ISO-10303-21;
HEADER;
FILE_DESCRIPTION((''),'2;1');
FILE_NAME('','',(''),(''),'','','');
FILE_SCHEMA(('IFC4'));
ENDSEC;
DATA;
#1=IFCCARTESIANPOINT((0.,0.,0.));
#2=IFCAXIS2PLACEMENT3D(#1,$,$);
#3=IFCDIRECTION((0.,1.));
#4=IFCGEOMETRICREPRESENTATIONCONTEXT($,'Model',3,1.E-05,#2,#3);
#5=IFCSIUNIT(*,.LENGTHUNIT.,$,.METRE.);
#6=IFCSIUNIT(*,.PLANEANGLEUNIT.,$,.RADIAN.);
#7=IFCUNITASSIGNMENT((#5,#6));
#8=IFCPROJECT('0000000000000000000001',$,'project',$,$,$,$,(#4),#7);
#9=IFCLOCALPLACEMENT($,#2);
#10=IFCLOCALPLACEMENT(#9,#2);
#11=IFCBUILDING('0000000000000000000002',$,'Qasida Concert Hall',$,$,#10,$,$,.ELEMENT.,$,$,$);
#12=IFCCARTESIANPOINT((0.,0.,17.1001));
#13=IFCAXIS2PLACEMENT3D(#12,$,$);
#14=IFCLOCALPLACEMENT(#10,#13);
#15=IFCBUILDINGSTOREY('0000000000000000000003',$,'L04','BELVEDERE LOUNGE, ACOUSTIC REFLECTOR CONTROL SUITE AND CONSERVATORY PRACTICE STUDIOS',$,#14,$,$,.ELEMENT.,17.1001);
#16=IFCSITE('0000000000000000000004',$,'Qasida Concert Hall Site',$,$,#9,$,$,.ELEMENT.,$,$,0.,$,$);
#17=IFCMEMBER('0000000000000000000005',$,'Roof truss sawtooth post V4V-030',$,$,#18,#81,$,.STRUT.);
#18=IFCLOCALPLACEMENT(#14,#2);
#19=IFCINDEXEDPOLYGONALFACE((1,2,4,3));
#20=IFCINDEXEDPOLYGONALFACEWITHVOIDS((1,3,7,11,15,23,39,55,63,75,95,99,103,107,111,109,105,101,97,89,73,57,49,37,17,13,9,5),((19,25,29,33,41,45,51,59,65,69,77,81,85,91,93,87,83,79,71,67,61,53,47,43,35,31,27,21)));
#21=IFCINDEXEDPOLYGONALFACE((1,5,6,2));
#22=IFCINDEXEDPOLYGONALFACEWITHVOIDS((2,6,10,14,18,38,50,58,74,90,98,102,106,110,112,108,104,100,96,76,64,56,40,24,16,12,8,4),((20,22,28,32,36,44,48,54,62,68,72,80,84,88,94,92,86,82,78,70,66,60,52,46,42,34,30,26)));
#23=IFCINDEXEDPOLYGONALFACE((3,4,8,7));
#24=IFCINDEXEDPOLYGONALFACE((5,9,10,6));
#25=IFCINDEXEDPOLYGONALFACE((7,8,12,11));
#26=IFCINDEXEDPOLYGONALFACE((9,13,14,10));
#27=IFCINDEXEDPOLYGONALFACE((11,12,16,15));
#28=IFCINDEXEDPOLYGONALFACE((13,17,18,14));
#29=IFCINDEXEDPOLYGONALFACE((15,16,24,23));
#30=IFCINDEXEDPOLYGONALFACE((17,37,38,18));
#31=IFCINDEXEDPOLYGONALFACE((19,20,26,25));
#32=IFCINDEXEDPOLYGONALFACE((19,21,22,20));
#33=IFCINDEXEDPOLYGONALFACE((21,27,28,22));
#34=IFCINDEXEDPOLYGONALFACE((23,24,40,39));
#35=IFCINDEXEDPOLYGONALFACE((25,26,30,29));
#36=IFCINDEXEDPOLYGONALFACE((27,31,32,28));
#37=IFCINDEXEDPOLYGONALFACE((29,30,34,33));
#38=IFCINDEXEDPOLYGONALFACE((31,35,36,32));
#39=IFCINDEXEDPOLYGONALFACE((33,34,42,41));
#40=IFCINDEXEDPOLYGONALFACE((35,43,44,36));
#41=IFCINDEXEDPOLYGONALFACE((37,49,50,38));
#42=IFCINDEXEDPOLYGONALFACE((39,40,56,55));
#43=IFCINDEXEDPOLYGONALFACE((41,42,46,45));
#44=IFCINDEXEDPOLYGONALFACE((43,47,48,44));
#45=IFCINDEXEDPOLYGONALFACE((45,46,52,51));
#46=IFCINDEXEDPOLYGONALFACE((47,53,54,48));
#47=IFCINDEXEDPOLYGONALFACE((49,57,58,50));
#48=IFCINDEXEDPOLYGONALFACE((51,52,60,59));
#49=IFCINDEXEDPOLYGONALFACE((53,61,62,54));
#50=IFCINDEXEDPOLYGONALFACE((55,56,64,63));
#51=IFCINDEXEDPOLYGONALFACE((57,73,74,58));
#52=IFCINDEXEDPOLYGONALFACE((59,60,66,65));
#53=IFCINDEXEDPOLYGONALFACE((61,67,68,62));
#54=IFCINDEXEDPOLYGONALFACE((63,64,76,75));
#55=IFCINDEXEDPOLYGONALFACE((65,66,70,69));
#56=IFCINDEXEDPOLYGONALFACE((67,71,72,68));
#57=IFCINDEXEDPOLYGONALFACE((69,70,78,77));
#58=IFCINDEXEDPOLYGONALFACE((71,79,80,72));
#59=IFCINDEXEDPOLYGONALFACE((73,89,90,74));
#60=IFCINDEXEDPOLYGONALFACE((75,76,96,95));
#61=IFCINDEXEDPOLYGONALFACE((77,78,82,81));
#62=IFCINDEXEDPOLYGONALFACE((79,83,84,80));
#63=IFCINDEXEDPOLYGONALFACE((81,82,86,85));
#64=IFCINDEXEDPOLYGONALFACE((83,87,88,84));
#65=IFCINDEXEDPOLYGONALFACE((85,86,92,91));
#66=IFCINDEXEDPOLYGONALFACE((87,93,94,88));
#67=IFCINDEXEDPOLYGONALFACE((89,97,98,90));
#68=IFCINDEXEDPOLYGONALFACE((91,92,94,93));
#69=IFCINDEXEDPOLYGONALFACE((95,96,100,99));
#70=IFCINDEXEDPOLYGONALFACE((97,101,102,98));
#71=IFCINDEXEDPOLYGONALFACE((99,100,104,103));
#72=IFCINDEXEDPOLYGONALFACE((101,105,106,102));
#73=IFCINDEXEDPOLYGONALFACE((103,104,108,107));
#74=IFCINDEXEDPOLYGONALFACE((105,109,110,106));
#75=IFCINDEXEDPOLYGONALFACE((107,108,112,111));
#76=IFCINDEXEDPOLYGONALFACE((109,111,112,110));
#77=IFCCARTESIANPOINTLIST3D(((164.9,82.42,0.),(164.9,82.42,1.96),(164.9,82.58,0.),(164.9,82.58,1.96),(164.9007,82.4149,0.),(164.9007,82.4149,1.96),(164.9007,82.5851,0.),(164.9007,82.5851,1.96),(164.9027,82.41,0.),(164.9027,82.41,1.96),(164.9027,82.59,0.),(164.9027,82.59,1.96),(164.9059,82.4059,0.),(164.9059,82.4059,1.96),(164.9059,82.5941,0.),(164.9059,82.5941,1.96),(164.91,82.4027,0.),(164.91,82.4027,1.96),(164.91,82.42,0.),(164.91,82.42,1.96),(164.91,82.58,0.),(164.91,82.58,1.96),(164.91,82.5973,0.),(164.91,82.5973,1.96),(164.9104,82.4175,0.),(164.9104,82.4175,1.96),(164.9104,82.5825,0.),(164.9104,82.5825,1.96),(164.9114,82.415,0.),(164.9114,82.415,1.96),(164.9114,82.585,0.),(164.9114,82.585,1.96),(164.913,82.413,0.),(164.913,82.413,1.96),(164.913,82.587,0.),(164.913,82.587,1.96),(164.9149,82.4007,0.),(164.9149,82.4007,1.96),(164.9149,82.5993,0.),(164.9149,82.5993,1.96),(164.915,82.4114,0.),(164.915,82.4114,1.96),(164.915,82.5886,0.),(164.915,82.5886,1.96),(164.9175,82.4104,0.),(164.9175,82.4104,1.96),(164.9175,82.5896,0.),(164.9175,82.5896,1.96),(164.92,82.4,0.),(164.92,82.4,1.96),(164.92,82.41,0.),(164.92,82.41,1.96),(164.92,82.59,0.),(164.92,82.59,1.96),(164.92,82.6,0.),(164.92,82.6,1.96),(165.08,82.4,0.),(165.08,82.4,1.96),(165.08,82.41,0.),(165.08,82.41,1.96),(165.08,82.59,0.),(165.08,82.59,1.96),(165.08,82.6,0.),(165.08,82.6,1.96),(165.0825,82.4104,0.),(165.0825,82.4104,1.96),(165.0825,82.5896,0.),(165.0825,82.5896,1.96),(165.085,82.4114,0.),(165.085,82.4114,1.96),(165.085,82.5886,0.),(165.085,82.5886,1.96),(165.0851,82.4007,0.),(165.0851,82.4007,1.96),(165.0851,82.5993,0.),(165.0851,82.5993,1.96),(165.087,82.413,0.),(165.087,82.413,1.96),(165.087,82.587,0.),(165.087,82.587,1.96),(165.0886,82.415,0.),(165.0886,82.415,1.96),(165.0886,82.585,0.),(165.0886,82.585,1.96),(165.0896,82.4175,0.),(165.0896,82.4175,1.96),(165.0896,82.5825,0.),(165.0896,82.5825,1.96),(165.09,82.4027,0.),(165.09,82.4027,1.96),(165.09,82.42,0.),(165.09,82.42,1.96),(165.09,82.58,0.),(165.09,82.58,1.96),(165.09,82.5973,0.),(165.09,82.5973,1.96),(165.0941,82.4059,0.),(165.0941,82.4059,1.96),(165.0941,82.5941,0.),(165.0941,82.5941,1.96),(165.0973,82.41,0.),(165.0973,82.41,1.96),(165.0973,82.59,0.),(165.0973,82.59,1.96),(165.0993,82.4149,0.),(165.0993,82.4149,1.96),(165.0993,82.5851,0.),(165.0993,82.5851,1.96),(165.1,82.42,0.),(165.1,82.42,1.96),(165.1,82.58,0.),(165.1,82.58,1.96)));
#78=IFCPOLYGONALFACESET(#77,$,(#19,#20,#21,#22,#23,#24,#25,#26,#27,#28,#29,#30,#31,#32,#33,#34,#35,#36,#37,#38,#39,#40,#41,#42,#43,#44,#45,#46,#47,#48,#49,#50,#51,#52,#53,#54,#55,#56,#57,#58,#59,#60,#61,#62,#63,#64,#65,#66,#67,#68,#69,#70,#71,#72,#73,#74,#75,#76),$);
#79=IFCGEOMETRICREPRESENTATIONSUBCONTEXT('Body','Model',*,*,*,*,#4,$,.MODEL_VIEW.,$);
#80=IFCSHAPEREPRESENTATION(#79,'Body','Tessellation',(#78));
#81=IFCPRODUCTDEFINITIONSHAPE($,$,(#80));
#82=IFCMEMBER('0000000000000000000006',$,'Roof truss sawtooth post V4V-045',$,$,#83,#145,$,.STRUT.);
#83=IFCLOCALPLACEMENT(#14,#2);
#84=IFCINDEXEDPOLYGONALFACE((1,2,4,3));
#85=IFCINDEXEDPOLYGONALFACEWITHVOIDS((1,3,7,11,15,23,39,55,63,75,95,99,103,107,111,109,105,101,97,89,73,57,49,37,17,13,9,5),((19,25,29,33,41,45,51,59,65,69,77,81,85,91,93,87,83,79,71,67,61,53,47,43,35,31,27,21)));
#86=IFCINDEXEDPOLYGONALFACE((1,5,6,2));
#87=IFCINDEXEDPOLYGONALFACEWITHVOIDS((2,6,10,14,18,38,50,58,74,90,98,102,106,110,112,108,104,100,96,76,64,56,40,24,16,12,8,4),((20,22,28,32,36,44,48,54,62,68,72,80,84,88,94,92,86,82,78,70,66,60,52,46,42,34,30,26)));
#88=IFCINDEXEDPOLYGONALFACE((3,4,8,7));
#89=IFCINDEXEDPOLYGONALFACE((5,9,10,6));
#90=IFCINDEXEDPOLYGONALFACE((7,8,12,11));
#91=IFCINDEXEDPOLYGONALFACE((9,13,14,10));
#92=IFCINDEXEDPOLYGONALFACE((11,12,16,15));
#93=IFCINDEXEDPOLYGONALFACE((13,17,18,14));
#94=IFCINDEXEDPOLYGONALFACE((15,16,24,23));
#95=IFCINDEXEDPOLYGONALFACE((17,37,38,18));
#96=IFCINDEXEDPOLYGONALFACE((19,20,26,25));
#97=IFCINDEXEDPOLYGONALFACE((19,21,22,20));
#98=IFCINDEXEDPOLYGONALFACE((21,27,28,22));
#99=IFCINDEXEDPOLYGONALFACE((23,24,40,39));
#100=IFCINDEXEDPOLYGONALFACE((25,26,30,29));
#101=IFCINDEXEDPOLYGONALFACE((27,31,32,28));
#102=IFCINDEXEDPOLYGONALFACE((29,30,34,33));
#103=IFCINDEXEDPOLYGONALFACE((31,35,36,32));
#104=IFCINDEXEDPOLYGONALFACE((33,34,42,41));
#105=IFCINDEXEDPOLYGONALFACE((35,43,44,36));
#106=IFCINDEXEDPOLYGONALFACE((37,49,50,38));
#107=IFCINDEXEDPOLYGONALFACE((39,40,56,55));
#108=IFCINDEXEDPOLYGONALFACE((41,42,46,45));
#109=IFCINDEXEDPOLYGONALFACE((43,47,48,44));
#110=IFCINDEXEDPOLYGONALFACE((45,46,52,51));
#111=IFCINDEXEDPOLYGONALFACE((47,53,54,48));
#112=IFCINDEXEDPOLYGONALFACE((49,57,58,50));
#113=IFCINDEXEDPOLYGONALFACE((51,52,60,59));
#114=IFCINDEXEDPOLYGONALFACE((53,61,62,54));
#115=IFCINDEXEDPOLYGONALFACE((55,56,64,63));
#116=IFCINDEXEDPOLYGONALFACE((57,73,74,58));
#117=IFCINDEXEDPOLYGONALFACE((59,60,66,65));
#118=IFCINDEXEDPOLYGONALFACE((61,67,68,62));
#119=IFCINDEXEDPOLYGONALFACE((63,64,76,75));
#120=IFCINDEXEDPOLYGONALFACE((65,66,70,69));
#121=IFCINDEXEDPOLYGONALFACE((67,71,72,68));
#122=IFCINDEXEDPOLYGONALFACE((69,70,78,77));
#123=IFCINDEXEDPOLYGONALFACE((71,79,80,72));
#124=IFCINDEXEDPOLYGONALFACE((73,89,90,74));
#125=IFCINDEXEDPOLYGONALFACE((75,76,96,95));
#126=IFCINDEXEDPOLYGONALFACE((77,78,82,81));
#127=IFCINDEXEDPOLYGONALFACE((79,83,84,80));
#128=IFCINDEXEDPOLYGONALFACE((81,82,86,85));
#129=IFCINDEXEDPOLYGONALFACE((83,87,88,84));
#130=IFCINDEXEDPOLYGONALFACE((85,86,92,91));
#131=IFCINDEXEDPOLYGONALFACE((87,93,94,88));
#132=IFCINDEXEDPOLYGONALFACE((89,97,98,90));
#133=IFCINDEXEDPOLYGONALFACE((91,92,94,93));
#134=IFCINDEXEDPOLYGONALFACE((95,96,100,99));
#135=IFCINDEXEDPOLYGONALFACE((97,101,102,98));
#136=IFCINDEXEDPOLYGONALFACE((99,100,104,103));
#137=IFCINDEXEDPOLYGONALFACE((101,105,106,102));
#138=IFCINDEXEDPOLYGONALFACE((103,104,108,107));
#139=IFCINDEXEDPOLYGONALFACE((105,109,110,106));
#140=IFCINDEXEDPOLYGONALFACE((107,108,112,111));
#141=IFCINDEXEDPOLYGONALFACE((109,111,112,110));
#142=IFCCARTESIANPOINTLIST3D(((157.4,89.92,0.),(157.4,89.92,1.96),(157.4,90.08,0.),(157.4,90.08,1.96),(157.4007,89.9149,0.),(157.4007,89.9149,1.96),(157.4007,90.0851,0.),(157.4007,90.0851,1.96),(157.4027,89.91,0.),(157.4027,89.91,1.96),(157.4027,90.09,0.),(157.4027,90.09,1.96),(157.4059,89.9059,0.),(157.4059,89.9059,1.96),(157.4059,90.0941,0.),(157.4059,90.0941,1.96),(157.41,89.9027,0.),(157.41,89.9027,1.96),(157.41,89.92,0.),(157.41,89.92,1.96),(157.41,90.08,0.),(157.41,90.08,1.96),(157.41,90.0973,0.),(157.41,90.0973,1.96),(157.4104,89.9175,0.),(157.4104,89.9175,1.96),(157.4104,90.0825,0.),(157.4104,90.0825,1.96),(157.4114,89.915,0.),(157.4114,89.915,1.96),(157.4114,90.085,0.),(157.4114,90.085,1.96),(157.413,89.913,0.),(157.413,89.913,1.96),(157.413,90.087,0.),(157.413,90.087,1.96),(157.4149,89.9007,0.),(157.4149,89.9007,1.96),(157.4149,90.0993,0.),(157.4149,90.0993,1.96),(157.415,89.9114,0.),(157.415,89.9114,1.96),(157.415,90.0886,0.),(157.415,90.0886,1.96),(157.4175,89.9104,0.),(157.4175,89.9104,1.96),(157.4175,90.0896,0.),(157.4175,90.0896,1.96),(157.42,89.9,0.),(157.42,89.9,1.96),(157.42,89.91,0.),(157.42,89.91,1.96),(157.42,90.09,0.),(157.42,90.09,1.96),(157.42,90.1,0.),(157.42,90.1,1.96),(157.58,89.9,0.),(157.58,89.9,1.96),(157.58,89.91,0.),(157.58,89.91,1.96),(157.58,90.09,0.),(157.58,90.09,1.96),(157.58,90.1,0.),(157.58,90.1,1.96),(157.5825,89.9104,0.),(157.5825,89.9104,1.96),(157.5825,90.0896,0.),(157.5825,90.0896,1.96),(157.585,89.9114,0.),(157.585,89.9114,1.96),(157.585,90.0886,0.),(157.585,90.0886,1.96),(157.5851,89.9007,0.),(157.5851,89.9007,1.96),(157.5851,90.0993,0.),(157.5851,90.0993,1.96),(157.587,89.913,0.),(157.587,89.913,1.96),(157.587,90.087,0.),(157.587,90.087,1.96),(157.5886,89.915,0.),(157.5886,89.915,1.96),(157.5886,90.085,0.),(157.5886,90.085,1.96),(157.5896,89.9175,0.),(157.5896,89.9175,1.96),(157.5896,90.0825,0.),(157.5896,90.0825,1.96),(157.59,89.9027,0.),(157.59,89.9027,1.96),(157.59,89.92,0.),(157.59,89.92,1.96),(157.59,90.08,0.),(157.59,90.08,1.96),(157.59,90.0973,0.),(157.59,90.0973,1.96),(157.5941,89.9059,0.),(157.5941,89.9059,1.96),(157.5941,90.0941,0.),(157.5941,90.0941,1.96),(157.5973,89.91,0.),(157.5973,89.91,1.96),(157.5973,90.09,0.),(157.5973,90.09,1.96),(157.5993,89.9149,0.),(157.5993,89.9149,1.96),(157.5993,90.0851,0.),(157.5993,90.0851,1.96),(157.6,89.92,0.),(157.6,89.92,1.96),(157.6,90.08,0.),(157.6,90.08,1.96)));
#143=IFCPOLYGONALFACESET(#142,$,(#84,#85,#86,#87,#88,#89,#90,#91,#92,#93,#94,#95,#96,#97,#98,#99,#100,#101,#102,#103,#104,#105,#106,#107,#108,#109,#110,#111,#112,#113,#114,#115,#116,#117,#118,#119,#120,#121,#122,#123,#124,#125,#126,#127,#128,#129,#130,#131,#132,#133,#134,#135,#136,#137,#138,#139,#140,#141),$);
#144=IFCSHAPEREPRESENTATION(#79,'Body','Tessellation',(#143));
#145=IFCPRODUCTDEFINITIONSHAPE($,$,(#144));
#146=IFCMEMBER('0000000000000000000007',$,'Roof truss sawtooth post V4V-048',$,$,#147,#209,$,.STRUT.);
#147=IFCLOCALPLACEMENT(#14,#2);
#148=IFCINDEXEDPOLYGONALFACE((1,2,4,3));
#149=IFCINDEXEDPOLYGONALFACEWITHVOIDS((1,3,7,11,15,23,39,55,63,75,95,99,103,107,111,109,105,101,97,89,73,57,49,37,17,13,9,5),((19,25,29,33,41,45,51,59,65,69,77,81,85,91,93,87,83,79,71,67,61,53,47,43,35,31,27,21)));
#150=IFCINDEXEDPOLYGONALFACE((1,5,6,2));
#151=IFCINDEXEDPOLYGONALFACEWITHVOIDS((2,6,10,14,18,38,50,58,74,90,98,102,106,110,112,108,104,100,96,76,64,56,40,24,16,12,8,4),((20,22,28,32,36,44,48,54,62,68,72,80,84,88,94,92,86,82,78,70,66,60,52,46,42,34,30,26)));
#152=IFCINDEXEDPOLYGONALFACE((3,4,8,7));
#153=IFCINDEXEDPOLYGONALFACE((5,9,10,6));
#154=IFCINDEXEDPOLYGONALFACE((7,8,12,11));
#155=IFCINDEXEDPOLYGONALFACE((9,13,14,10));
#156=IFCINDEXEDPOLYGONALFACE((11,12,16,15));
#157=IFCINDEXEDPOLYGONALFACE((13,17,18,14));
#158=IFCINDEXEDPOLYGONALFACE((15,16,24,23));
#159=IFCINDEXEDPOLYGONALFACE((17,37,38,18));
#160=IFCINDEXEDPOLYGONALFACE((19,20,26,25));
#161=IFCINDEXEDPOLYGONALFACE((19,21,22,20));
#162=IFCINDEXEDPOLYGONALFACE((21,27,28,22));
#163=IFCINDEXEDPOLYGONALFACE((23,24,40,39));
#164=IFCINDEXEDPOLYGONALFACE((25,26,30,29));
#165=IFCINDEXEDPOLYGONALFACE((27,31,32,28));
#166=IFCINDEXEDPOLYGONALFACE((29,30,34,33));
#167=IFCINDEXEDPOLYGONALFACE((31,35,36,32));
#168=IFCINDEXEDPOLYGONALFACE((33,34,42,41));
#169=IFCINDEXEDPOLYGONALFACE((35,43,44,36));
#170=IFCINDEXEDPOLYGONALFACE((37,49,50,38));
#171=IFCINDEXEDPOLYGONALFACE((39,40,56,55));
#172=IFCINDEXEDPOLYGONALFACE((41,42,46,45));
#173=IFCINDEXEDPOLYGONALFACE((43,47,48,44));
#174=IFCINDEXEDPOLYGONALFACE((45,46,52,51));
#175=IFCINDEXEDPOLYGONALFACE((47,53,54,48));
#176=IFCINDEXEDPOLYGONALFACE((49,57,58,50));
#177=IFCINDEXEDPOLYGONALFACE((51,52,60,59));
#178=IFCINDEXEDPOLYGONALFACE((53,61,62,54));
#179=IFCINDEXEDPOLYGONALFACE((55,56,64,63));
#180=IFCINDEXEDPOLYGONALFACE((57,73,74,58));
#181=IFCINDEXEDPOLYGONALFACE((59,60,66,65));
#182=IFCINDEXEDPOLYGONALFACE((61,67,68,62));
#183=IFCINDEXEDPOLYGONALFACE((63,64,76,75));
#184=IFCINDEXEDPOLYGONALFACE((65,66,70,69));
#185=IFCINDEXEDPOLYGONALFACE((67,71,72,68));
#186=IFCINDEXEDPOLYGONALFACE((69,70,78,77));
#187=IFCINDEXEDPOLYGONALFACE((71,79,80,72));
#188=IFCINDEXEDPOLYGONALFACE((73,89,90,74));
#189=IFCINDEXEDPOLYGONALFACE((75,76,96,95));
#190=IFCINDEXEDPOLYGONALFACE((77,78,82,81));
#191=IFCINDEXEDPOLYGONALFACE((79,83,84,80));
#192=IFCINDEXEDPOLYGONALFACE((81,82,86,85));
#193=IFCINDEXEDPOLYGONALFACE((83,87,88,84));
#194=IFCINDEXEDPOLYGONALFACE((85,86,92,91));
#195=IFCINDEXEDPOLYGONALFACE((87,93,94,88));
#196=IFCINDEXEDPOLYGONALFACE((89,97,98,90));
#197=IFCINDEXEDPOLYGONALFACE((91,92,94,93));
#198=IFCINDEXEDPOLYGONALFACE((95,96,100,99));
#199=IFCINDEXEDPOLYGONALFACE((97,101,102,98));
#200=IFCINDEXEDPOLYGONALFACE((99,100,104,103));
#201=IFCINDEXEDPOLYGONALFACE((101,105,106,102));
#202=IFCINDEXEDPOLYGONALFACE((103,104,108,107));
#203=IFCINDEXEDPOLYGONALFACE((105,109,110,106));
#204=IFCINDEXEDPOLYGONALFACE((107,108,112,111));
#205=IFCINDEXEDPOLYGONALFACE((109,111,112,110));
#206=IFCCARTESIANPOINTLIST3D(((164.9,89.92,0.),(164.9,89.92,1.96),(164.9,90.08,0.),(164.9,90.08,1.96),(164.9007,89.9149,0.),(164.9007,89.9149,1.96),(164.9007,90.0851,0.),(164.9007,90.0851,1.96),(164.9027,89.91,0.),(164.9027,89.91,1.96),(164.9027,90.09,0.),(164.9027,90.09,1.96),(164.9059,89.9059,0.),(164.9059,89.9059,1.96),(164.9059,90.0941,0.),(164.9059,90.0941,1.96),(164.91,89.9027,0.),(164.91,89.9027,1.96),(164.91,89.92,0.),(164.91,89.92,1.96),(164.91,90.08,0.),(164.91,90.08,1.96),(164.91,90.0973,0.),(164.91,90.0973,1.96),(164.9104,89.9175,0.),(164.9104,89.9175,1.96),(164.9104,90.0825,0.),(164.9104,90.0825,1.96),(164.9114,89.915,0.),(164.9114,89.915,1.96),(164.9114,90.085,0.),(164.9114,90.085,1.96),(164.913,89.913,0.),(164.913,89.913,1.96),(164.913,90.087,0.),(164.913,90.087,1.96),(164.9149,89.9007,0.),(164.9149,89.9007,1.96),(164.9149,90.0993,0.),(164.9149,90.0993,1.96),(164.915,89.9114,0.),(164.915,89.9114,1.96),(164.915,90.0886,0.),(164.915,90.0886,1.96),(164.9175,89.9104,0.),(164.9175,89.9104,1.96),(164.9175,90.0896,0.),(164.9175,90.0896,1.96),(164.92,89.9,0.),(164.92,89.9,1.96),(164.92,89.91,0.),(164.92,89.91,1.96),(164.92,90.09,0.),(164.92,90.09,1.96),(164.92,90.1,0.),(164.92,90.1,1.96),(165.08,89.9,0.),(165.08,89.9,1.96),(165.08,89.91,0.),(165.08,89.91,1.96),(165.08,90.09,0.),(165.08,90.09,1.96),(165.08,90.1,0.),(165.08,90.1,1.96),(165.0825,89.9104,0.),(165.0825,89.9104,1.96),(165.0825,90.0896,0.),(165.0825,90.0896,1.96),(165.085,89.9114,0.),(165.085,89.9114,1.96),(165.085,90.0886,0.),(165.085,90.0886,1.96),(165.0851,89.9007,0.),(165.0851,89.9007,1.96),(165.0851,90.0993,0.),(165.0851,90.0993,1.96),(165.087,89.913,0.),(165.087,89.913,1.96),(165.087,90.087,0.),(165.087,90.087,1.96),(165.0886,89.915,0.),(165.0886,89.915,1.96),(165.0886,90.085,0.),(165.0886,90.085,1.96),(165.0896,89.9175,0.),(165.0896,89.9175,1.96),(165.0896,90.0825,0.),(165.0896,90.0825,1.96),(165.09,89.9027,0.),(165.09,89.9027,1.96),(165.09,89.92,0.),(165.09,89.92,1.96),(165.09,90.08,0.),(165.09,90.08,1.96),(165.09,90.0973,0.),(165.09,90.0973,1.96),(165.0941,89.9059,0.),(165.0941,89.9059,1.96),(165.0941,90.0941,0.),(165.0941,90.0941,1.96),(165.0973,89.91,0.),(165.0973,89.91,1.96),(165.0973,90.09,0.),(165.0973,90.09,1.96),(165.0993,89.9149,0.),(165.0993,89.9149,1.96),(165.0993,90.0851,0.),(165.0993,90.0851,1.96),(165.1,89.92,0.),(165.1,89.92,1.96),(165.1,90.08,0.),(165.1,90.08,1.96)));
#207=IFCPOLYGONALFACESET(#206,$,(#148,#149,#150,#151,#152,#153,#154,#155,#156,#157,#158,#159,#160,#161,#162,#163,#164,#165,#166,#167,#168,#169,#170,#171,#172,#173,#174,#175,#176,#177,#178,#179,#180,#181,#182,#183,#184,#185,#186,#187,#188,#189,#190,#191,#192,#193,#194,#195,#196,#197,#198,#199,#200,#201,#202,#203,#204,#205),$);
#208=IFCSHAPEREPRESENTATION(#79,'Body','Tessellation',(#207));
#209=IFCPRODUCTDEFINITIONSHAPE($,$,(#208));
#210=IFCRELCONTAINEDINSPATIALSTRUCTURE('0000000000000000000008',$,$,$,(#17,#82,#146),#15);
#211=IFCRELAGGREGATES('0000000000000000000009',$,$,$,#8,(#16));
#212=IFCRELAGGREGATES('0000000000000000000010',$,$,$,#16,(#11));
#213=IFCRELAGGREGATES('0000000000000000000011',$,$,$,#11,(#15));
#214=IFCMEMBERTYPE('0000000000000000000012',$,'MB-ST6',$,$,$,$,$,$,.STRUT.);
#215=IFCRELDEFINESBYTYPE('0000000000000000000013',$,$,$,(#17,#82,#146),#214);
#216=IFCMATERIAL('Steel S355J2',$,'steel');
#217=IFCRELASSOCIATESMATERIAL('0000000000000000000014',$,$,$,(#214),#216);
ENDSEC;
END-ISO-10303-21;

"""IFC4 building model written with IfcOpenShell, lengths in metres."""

from ifc_helpers import new_model, si_unit, direction, frame, origin, origin_2d, place, context, subcontext, project, spatial, hollow_rectangle, extrude, material, material_profile, profile_set, type_object, element, save


model = new_model("IFC4")

# Units and contexts
model_context = context("Model", 3, precision=1e-05, world=origin(), true_north=direction((0.0, 1.0)))
body_context = subcontext(model_context, "Body", "Model", "MODEL_VIEW")
ifc_project = project(units=[si_unit("LENGTHUNIT", "METRE"), si_unit("PLANEANGLEUNIT", "RADIAN")], contexts=[model_context])

# Site, building, storey
site_placement = place(None, origin())
site = spatial("IfcSite", under=ifc_project, at=site_placement, Name="Qasida Concert Hall Site", CompositionType="ELEMENT", RefElevation=0.0)
building_placement = place(site_placement, origin())
building = spatial("IfcBuilding", under=site, at=building_placement, Name="Qasida Concert Hall", CompositionType="ELEMENT")
storey_placement = place(building_placement, frame((0.0, 0.0, 17.1001)))
storey = spatial("IfcBuildingStorey", under=building, at=storey_placement, Name="L04", Description="BELVEDERE LOUNGE, ACOUSTIC REFLECTOR CONTROL SUITE AND CONSERVATORY PRACTICE STUDIOS", CompositionType="ELEMENT", Elevation=17.1001)

# Members
ifc_material_1 = material(Name="Steel S355J2", Category="steel")
ifc_material_profile_1 = material_profile(ifc_material_1, hollow_rectangle(XDim=0.2, YDim=0.2, WallThickness=0.01, InnerFilletRadius=0.01, OuterFilletRadius=0.02, at=origin_2d()), Name="SHS 200x200x10")
ifc_profile_set_1 = profile_set([ifc_material_profile_1], Name="Steel S355J2")
member_type_1 = type_object("IfcMemberType", Name="MB-ST6", PredefinedType="STRUT", material=ifc_profile_set_1)
for number, where, z_axis, x_axis, name in (
    (1, (165.0, 82.5, 0.0), (0.0, 0.0, 1.0), (1.0, 0.0, 0.0), "Roof truss sawtooth post V4V-030"),
    (2, (157.5, 90.0, 0.0), (0.0, 0.0, 1.0), (1.0, 0.0, 0.0), "Roof truss sawtooth post V4V-045"),
    (3, (165.0, 90.0, 0.0), (0.0, 0.0, 1.0), (1.0, 0.0, 0.0), "Roof truss sawtooth post V4V-048"),
):
    element("IfcMember", number, at=place(storey_placement, frame(where, z_axis=z_axis, x_axis=x_axis)), inside=storey, type_object=member_type_1, Name=name, PredefinedType="STRUT", context=body_context, shape_type="SweptSolid", body=[
        extrude(hollow_rectangle(XDim=0.2, YDim=0.2, WallThickness=0.01, InnerFilletRadius=0.01, OuterFilletRadius=0.02, at=origin_2d()), origin(), (0.0, 0.0, 1.0), 1.96),
    ])

save(model, "model.ifc")
